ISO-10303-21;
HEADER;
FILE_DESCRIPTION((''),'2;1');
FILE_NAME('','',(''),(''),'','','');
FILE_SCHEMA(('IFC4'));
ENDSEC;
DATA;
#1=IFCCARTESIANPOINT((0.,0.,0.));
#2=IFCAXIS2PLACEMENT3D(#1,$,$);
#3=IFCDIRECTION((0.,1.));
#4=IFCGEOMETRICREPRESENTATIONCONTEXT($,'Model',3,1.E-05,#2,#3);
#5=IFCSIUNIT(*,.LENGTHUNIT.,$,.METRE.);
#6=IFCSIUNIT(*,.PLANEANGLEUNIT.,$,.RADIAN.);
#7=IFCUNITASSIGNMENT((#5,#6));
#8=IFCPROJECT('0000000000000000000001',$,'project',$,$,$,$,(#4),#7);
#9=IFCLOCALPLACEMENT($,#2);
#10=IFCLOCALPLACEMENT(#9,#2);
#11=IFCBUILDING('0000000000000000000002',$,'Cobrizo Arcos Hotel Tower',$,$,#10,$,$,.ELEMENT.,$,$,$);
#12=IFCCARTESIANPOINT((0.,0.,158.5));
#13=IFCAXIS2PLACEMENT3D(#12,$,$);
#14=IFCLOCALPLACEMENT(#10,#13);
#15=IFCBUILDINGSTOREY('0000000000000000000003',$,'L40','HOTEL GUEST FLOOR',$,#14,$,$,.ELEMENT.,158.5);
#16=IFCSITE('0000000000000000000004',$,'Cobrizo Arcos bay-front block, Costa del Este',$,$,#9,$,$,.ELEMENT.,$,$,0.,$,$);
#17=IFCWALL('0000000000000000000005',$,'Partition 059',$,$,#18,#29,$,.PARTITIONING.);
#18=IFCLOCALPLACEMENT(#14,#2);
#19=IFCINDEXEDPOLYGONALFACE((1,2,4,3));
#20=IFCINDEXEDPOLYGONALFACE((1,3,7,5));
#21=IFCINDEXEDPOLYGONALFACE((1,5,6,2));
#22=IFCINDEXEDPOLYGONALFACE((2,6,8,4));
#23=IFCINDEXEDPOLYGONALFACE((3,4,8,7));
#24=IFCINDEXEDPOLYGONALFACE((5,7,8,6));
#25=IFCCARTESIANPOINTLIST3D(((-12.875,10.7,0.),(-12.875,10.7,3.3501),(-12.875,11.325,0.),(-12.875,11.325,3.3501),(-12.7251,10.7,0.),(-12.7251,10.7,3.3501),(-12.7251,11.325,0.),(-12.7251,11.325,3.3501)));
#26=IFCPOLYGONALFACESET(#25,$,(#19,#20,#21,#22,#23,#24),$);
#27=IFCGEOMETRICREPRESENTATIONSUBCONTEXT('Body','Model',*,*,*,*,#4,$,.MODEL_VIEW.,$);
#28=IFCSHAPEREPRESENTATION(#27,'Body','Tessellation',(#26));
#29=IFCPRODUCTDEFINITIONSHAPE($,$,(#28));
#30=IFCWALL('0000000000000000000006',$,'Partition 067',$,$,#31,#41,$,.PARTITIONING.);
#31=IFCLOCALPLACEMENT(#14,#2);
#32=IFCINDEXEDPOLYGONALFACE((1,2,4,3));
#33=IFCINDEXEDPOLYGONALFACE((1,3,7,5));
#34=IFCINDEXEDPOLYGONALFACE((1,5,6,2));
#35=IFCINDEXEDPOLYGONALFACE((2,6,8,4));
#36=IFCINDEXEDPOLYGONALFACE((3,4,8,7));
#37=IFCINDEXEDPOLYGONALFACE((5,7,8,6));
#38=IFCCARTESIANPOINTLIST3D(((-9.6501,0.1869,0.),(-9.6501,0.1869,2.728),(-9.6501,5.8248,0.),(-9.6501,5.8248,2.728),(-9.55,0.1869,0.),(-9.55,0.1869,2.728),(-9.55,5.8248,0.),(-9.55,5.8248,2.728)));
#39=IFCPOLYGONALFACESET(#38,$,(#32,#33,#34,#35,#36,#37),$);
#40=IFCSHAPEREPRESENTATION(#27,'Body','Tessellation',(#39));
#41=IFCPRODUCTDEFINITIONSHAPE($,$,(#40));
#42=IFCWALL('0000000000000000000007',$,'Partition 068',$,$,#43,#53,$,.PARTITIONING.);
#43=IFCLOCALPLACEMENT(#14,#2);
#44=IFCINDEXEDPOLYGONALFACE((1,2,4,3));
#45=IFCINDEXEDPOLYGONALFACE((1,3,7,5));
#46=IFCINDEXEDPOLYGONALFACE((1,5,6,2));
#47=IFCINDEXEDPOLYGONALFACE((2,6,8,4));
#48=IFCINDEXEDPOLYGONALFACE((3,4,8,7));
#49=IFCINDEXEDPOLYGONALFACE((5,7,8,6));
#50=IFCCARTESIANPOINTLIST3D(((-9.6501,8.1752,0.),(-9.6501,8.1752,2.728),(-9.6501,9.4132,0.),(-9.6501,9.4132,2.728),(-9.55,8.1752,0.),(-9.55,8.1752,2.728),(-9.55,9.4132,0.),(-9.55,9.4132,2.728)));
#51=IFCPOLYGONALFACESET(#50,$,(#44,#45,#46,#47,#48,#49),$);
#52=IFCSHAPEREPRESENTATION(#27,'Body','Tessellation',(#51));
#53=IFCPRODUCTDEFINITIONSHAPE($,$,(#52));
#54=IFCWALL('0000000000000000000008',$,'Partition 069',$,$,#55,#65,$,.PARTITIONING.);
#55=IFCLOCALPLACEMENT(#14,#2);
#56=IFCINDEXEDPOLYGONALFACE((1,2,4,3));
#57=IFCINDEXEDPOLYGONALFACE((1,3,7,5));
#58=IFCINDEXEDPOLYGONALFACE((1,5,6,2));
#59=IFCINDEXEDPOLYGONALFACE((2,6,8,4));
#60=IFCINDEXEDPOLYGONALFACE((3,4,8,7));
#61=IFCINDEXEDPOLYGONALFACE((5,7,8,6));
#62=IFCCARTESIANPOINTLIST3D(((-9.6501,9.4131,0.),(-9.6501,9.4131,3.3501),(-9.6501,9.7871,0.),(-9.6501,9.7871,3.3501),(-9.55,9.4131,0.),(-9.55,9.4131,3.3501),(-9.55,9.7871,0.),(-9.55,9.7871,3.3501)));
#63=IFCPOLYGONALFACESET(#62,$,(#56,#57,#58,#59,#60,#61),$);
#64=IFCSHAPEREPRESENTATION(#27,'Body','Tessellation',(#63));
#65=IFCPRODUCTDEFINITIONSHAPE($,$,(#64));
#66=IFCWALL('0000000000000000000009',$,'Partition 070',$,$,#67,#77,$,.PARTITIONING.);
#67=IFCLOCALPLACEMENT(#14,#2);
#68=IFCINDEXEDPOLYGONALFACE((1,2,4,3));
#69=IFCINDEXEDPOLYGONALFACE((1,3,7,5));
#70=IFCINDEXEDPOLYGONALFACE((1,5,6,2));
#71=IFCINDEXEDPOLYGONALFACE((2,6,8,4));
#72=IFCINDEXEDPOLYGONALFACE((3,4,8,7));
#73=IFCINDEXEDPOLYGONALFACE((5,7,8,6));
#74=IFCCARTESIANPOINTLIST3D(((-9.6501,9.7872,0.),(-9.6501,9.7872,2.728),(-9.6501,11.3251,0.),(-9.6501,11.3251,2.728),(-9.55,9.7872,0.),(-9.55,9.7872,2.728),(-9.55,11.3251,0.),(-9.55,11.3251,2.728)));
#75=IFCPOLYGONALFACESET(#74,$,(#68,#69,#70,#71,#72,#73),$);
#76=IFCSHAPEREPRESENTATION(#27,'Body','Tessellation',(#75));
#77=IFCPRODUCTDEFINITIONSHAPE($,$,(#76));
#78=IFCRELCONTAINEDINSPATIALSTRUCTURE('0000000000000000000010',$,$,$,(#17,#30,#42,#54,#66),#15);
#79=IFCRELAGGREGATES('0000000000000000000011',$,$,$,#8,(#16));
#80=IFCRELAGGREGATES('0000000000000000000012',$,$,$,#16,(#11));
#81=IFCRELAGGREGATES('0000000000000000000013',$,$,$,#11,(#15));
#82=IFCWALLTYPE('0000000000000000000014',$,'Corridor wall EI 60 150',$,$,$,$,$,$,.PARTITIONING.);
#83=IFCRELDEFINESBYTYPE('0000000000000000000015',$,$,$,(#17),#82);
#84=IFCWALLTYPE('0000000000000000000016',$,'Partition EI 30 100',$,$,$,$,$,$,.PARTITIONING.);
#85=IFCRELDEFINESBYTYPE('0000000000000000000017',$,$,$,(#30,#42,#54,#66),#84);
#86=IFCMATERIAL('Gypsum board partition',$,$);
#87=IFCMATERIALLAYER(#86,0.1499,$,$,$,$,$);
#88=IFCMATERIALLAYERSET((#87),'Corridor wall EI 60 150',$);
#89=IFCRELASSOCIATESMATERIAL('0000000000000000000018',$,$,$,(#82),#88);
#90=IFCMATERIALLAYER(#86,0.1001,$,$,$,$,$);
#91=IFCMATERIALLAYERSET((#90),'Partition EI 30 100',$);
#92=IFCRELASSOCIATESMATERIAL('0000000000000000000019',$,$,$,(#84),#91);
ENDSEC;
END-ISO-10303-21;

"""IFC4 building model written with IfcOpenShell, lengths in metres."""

from ifc_helpers import new_model, si_unit, direction, frame, frame_2d, origin, place, context, subcontext, project, spatial, rectangle, extrude, material, layer, layer_set, type_object, element, save


model = new_model("IFC4")

# Units and contexts
model_context = context("Model", 3, precision=1e-05, world=origin(), true_north=direction((0.0, 1.0)))
body_context = subcontext(model_context, "Body", "Model", "MODEL_VIEW")
ifc_project = project(units=[si_unit("LENGTHUNIT", "METRE"), si_unit("PLANEANGLEUNIT", "RADIAN")], contexts=[model_context])

# Site, building, storey
site_placement = place(None, origin())
site = spatial("IfcSite", under=ifc_project, at=site_placement, Name="Cobrizo Arcos bay-front block, Costa del Este", CompositionType="ELEMENT", RefElevation=0.0)
building_placement = place(site_placement, origin())
building = spatial("IfcBuilding", under=site, at=building_placement, Name="Cobrizo Arcos Hotel Tower", CompositionType="ELEMENT")
storey_placement = place(building_placement, frame((0.0, 0.0, 158.5)))
storey = spatial("IfcBuildingStorey", under=building, at=storey_placement, Name="L40", Description="HOTEL GUEST FLOOR", CompositionType="ELEMENT", Elevation=158.5)

# Shared definitions
ifc_material_1 = material(Name="Gypsum board partition")
ifc_layer_1 = layer(ifc_material_1, 0.1499)
ifc_layer_set_1 = layer_set([ifc_layer_1], Name="Corridor wall EI 60 150")
wall_type_1 = type_object("IfcWallType", Name="Corridor wall EI 60 150", PredefinedType="PARTITIONING", material=ifc_layer_set_1)

# Walls
wall_1_placement = place(storey_placement, frame((-12.8, 10.7, 0.0), z_axis=(0.0, 0.0, 1.0), x_axis=(0.0, 1.0, 0.0)))
element("IfcWall", 1, at=wall_1_placement, inside=storey, type_object=wall_type_1, Name="Partition 059", PredefinedType="PARTITIONING", context=body_context, shape_type="SweptSolid", body=[
    extrude(rectangle(XDim=0.625, YDim=0.1499, at=frame_2d((0.3125, 0.0))), origin(), (0.0, 0.0, 1.0), 3.3501),
])
ifc_layer_2 = layer(ifc_material_1, 0.1001)
ifc_layer_set_2 = layer_set([ifc_layer_2], Name="Partition EI 30 100")
wall_type_2 = type_object("IfcWallType", Name="Partition EI 30 100", PredefinedType="PARTITIONING", material=ifc_layer_set_2)
wall_2_placement = place(storey_placement, frame((-9.6001, 0.187, 0.0), z_axis=(0.0, 0.0, 1.0), x_axis=(0.0, 1.0, 0.0)))
element("IfcWall", 2, at=wall_2_placement, inside=storey, type_object=wall_type_2, Name="Partition 067", PredefinedType="PARTITIONING", context=body_context, shape_type="SweptSolid", body=[
    extrude(rectangle(XDim=5.6379, YDim=0.1001, at=frame_2d((2.8188, 0.0))), origin(), (0.0, 0.0, 1.0), 2.728),
])
wall_3_placement = place(storey_placement, frame((-9.6001, 8.175, 0.0), z_axis=(0.0, 0.0, 1.0), x_axis=(0.0, 1.0, 0.0)))
element("IfcWall", 3, at=wall_3_placement, inside=storey, type_object=wall_type_2, Name="Partition 068", PredefinedType="PARTITIONING", context=body_context, shape_type="SweptSolid", body=[
    extrude(rectangle(XDim=1.238, YDim=0.1001, at=frame_2d((0.6191, 0.0))), origin(), (0.0, 0.0, 1.0), 2.728),
])
wall_4_placement = place(storey_placement, frame((-9.6001, 9.4131, 0.0), z_axis=(0.0, 0.0, 1.0), x_axis=(0.0, 1.0, 0.0)))
element("IfcWall", 4, at=wall_4_placement, inside=storey, type_object=wall_type_2, Name="Partition 069", PredefinedType="PARTITIONING", context=body_context, shape_type="SweptSolid", body=[
    extrude(rectangle(XDim=0.374, YDim=0.1001, at=frame_2d((0.187, 0.0))), origin(), (0.0, 0.0, 1.0), 3.3501),
])
wall_5_placement = place(storey_placement, frame((-9.6001, 9.7871, 0.0), z_axis=(0.0, 0.0, 1.0), x_axis=(0.0, 1.0, 0.0)))
element("IfcWall", 5, at=wall_5_placement, inside=storey, type_object=wall_type_2, Name="Partition 070", PredefinedType="PARTITIONING", context=body_context, shape_type="SweptSolid", body=[
    extrude(rectangle(XDim=1.5378, YDim=0.1001, at=frame_2d((0.769, 0.0))), origin(), (0.0, 0.0, 1.0), 2.728),
])

save(model, "model.ifc")
